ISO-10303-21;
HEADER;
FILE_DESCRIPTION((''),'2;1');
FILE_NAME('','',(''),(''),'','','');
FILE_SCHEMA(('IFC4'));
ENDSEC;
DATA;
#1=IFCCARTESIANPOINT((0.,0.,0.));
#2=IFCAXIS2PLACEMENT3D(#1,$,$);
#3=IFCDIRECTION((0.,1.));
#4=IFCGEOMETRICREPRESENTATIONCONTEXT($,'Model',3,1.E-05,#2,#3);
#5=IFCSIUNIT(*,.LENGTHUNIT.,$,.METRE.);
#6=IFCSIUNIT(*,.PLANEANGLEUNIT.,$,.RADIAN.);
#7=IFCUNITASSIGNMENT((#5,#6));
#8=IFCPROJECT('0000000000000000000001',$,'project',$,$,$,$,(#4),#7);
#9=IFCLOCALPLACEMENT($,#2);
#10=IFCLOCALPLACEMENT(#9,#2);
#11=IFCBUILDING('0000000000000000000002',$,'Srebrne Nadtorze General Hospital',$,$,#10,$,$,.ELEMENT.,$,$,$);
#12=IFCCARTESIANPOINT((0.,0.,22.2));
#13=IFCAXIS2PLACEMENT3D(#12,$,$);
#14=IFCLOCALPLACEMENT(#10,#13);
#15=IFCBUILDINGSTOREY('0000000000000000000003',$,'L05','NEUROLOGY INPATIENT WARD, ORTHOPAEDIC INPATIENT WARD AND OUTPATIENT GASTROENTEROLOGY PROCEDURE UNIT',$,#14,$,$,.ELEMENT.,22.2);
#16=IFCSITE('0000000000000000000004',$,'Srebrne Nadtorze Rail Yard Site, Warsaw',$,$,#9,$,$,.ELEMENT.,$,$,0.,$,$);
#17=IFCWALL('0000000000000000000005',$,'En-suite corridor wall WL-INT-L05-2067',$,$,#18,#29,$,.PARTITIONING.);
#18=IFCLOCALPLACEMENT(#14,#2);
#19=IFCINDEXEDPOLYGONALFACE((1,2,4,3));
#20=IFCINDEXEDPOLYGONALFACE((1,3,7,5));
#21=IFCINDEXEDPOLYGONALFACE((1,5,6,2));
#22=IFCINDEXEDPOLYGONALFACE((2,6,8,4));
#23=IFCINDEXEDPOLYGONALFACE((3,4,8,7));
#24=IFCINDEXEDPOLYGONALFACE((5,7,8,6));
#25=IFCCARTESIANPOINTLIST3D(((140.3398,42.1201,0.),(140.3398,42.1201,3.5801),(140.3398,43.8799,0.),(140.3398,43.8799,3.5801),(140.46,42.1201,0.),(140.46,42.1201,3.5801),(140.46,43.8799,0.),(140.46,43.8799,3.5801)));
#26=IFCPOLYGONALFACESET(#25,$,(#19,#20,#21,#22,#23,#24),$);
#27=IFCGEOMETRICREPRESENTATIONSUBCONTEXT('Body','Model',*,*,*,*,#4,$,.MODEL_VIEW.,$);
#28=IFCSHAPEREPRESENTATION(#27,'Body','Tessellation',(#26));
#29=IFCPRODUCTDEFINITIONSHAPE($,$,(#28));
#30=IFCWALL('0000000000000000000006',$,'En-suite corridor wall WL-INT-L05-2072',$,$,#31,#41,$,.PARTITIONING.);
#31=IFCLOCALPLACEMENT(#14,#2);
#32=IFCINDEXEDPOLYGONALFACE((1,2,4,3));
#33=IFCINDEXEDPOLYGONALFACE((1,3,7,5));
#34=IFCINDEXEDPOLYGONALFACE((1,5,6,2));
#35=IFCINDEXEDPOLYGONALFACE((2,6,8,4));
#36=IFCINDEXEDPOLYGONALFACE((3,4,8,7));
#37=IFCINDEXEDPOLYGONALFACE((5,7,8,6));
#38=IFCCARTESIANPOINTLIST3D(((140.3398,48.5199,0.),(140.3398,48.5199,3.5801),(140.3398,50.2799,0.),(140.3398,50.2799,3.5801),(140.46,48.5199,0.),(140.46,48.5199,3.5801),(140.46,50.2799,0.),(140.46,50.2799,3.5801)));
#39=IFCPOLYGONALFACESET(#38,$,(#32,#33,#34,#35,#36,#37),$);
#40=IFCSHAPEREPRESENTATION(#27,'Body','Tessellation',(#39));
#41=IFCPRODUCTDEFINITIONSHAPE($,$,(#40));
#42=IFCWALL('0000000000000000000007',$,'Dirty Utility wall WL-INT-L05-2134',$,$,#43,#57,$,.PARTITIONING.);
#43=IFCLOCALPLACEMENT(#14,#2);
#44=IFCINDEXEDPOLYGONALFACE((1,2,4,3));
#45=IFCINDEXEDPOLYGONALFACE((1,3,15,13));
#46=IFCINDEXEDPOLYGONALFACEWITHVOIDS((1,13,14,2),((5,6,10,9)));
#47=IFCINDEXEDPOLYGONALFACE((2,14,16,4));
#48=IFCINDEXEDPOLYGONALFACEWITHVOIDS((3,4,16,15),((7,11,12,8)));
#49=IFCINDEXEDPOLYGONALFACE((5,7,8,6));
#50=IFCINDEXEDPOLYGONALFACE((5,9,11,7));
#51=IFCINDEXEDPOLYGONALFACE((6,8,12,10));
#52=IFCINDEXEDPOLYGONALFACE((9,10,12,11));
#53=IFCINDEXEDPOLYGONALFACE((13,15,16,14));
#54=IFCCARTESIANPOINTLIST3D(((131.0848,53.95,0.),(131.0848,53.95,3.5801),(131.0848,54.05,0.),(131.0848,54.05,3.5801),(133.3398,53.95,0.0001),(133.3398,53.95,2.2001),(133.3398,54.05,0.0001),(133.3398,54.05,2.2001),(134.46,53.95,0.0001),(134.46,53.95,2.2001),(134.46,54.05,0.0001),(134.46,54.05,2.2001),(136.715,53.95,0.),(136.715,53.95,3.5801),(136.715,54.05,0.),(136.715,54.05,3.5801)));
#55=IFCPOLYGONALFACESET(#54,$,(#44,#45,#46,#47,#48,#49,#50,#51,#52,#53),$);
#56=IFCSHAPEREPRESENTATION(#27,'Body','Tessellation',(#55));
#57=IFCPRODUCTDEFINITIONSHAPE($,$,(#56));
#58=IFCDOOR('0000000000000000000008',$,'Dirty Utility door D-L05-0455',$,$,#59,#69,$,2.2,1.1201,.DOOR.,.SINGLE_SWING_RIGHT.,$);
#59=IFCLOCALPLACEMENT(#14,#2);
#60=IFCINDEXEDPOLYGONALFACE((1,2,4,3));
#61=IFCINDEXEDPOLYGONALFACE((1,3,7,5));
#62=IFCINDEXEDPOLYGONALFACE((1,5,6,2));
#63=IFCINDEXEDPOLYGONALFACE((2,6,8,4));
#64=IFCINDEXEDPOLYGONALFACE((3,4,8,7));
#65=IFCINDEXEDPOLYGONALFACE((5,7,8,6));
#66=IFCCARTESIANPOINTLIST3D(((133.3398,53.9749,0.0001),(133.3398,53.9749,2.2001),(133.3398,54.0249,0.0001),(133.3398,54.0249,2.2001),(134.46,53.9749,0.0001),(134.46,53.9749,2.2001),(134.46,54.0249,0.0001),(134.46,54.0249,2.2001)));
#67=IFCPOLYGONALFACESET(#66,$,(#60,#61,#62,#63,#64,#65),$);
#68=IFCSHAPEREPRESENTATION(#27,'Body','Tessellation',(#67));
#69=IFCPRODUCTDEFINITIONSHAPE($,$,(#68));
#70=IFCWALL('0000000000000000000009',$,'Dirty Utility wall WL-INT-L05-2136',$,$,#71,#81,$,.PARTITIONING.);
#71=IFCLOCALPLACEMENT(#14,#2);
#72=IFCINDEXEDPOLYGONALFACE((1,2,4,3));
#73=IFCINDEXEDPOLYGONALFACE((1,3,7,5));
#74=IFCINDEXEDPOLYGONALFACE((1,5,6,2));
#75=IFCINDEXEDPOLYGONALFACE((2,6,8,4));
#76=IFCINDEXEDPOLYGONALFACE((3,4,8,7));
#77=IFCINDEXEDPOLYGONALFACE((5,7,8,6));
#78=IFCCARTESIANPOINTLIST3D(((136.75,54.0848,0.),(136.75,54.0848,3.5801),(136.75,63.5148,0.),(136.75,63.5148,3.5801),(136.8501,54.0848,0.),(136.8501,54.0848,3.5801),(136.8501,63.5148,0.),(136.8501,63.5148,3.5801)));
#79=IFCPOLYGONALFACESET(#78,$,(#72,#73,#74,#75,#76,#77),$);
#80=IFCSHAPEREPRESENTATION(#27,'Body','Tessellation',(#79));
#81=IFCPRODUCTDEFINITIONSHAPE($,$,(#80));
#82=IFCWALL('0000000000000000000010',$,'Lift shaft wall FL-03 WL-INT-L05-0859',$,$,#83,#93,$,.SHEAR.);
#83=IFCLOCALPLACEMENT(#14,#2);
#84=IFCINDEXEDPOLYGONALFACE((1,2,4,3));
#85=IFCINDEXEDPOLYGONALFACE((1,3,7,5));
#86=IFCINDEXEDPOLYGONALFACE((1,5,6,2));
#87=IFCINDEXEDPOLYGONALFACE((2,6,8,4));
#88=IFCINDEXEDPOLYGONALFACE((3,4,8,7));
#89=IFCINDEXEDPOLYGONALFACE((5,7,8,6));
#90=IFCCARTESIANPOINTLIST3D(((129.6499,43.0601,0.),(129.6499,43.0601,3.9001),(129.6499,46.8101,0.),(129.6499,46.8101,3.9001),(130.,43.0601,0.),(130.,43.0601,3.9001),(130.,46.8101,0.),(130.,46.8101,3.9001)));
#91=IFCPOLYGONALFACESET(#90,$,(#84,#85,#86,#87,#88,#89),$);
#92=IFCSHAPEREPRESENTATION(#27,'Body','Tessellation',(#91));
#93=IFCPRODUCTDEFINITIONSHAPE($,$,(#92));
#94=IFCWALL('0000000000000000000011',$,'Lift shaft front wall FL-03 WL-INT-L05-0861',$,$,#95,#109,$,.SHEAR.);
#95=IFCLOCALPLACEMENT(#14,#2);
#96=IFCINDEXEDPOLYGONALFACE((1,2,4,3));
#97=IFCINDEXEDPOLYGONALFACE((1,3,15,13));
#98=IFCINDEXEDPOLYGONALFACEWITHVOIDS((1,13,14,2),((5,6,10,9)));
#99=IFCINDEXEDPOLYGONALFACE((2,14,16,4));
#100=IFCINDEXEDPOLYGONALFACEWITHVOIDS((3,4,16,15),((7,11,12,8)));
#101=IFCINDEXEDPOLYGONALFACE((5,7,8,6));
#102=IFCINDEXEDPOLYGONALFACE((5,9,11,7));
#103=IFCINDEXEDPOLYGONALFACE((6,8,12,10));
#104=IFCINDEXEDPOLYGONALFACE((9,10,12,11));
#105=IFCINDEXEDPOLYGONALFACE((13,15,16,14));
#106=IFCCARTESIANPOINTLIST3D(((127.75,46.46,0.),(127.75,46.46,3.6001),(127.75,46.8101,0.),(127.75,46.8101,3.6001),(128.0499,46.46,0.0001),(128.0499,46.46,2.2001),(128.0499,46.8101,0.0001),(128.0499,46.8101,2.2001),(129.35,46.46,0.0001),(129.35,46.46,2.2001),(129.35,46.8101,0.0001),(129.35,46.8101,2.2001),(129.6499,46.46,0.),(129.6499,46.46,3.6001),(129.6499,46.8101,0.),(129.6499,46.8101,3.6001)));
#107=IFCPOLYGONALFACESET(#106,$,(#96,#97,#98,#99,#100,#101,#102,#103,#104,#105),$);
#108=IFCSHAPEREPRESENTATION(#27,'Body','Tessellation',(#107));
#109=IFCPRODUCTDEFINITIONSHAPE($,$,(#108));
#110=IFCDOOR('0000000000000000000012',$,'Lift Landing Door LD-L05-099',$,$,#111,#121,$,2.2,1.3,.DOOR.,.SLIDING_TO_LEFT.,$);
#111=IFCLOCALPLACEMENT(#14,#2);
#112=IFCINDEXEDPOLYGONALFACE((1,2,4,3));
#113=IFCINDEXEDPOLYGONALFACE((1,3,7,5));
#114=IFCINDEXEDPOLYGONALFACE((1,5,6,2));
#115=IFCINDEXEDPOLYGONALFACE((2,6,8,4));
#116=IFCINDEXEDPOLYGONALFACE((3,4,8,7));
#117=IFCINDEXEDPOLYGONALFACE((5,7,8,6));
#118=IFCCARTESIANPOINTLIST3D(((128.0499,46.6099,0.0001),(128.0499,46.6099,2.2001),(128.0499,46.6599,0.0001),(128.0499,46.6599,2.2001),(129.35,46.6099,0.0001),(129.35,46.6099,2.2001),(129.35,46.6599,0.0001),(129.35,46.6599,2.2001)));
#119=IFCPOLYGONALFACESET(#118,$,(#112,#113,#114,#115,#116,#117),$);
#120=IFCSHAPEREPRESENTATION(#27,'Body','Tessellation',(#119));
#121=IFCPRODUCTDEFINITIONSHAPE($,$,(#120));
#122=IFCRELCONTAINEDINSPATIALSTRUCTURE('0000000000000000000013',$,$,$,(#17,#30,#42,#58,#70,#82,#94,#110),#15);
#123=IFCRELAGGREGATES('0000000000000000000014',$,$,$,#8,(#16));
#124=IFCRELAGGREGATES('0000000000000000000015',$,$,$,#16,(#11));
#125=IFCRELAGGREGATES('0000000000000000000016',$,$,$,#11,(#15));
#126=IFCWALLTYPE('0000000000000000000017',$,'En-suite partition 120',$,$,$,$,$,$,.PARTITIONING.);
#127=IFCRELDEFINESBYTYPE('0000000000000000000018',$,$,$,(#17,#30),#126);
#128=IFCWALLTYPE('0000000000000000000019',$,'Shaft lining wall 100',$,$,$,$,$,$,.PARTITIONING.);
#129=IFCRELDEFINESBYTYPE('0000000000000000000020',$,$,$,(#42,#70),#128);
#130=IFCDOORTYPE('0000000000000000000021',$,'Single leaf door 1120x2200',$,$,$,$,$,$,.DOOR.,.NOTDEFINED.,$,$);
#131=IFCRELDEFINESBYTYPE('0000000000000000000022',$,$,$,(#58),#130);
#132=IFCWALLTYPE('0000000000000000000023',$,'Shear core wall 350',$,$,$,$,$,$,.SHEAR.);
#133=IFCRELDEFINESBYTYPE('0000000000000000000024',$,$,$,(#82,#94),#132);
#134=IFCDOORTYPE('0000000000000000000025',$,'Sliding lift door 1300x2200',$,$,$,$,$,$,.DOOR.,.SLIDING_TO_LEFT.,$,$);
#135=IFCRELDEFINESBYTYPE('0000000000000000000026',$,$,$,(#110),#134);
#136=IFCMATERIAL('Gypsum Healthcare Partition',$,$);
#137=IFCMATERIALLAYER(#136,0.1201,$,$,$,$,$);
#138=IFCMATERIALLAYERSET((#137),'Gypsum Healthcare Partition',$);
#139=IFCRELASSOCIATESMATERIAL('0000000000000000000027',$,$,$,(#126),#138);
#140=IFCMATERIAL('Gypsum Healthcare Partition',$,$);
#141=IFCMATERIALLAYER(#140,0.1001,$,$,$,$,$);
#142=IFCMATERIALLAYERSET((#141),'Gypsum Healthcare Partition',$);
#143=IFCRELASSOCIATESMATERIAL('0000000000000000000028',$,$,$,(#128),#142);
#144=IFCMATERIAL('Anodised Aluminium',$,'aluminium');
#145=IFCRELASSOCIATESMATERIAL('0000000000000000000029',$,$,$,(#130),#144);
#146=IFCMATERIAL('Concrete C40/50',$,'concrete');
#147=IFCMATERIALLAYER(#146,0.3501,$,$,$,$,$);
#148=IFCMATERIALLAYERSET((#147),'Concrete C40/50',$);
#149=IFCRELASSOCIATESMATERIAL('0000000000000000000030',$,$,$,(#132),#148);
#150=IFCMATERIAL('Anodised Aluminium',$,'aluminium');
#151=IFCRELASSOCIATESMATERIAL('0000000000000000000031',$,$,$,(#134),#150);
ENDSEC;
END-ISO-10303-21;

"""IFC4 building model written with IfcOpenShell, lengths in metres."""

from ifc_helpers import new_model, si_unit, direction, frame, frame_2d, origin, place, context, subcontext, project, spatial, rectangle, extrude, material, layer, layer_set, type_object, element, fill, save


model = new_model("IFC4")

# Units and contexts
model_context = context("Model", 3, precision=1e-05, world=origin(), true_north=direction((0.0, 1.0)))
body_context = subcontext(model_context, "Body", "Model", "MODEL_VIEW")
ifc_project = project(units=[si_unit("LENGTHUNIT", "METRE"), si_unit("PLANEANGLEUNIT", "RADIAN")], contexts=[model_context])

# Site, building, storey
site_placement = place(None, origin())
site = spatial("IfcSite", under=ifc_project, at=site_placement, Name="Srebrne Nadtorze Rail Yard Site, Warsaw", CompositionType="ELEMENT", RefElevation=0.0)
building_placement = place(site_placement, origin())
building = spatial("IfcBuilding", under=site, at=building_placement, Name="Srebrne Nadtorze General Hospital", CompositionType="ELEMENT")
storey_placement = place(building_placement, frame((0.0, 0.0, 22.2)))
storey = spatial("IfcBuildingStorey", under=building, at=storey_placement, Name="L05", Description="NEUROLOGY INPATIENT WARD, ORTHOPAEDIC INPATIENT WARD AND OUTPATIENT GASTROENTEROLOGY PROCEDURE UNIT", CompositionType="ELEMENT", Elevation=22.2)

# Walls
ifc_material_1 = material(Name="Gypsum Healthcare Partition")
ifc_layer_1 = layer(ifc_material_1, 0.1201)
ifc_layer_set_1 = layer_set([ifc_layer_1], Name="Gypsum Healthcare Partition")
wall_type_1 = type_object("IfcWallType", Name="En-suite partition 120", PredefinedType="PARTITIONING", material=ifc_layer_set_1)
wall_1_placement = place(storey_placement, frame((140.3999, 42.1201, 0.0), z_axis=(0.0, 0.0, 1.0), x_axis=(0.0, 1.0, 0.0)))
element("IfcWall", 1, at=wall_1_placement, inside=storey, type_object=wall_type_1, Name="En-suite corridor wall WL-INT-L05-2067", PredefinedType="PARTITIONING", context=body_context, shape_type="SweptSolid", body=[
    extrude(rectangle(XDim=1.7598, YDim=0.1201, at=frame_2d((0.8799, 0.0))), origin(), (0.0, 0.0, 1.0), 3.5801),
])
wall_2_placement = place(storey_placement, frame((140.3999, 48.52, 0.0), z_axis=(0.0, 0.0, 1.0), x_axis=(0.0, 1.0, 0.0)))
element("IfcWall", 2, at=wall_2_placement, inside=storey, type_object=wall_type_1, Name="En-suite corridor wall WL-INT-L05-2072", PredefinedType="PARTITIONING", context=body_context, shape_type="SweptSolid", body=[
    extrude(rectangle(XDim=1.76, YDim=0.1201, at=frame_2d((0.8799, 0.0))), origin(), (0.0, 0.0, 1.0), 3.5801),
])

# Wall, opening, door
ifc_material_2 = material(Name="Gypsum Healthcare Partition")
ifc_layer_2 = layer(ifc_material_2, 0.1001)
ifc_layer_set_2 = layer_set([ifc_layer_2], Name="Gypsum Healthcare Partition")
wall_type_2 = type_object("IfcWallType", Name="Shaft lining wall 100", PredefinedType="PARTITIONING", material=ifc_layer_set_2)
wall_3_placement = place(storey_placement, frame((131.085, 54.0, 0.0), z_axis=(0.0, 0.0, 1.0), x_axis=(1.0, 0.0, 0.0)))
wall_3 = element("IfcWall", 3, at=wall_3_placement, inside=storey, type_object=wall_type_2, Name="Dirty Utility wall WL-INT-L05-2134", PredefinedType="PARTITIONING", context=body_context, shape_type="SweptSolid", body=[
    extrude(rectangle(XDim=5.6301, YDim=0.1001, at=frame_2d((2.8149, 0.0))), origin(), (0.0, 0.0, 1.0), 3.5801),
])
opening_1_placement = place(wall_3_placement, frame((2.2549, 0.0, 0.0)))
opening_1 = element("IfcOpeningElement", 4, at=opening_1_placement, cuts=wall_3, PredefinedType="OPENING", context=body_context, shape_type="SweptSolid", body=[
    extrude(rectangle(XDim=1.1201, YDim=2.2, at=frame_2d((0.5601, 1.1001))), frame((0.0, 0.062, 0.0), z_axis=(0.0, -1.0, 0.0), x_axis=(1.0, 0.0, 0.0)), (0.0, 0.0, 1.0), 0.124),
])
ifc_material_3 = material(Name="Anodised Aluminium", Category="aluminium")
door_type_1 = type_object("IfcDoorType", Name="Single leaf door 1120x2200", OperationType="NOTDEFINED", PredefinedType="DOOR", material=ifc_material_3)
door_1_placement = place(opening_1_placement, origin())
door_1 = element("IfcDoor", 5, at=door_1_placement, inside=storey, type_object=door_type_1, Name="Dirty Utility door D-L05-0455", OperationType="SINGLE_SWING_RIGHT", OverallHeight=2.2, OverallWidth=1.1201, PredefinedType="DOOR", context=body_context, shape_type="SweptSolid", body=[
    extrude(rectangle(XDim=1.1201, YDim=2.2, at=frame_2d((0.5601, 1.1001))), frame((0.0, 0.0249, 0.0), z_axis=(0.0, -1.0, 0.0), x_axis=(1.0, 0.0, 0.0)), (0.0, 0.0, 1.0), 0.05),
])
fill(opening_1, door_1)

# Walls
wall_4_placement = place(storey_placement, frame((136.8, 54.085, 0.0), z_axis=(0.0, 0.0, 1.0), x_axis=(0.0, 1.0, 0.0)))
element("IfcWall", 6, at=wall_4_placement, inside=storey, type_object=wall_type_2, Name="Dirty Utility wall WL-INT-L05-2136", PredefinedType="PARTITIONING", context=body_context, shape_type="SweptSolid", body=[
    extrude(rectangle(XDim=9.4299, YDim=0.1001, at=frame_2d((4.7148, 0.0))), origin(), (0.0, 0.0, 1.0), 3.5801),
])
ifc_material_4 = material(Name="Concrete C40/50", Category="concrete")
ifc_layer_3 = layer(ifc_material_4, 0.3501)
ifc_layer_set_3 = layer_set([ifc_layer_3], Name="Concrete C40/50")
wall_type_3 = type_object("IfcWallType", Name="Shear core wall 350", PredefinedType="SHEAR", material=ifc_layer_set_3)
wall_5_placement = place(storey_placement, frame((129.825, 43.0601, 0.0), z_axis=(0.0, 0.0, 1.0), x_axis=(0.0, 1.0, 0.0)))
element("IfcWall", 7, at=wall_5_placement, inside=storey, type_object=wall_type_3, Name="Lift shaft wall FL-03 WL-INT-L05-0859", PredefinedType="SHEAR", context=body_context, shape_type="SweptSolid", body=[
    extrude(rectangle(XDim=3.75, YDim=0.3501, at=frame_2d((1.875, 0.0))), origin(), (0.0, 0.0, 1.0), 3.9001),
])

# Wall, opening, door
wall_6_placement = place(storey_placement, frame((127.75, 46.635, 0.0), z_axis=(0.0, 0.0, 1.0), x_axis=(1.0, 0.0, 0.0)))
wall_6 = element("IfcWall", 8, at=wall_6_placement, inside=storey, type_object=wall_type_3, Name="Lift shaft front wall FL-03 WL-INT-L05-0861", PredefinedType="SHEAR", context=body_context, shape_type="SweptSolid", body=[
    extrude(rectangle(XDim=1.8999, YDim=0.3501, at=frame_2d((0.95, 0.0))), origin(), (0.0, 0.0, 1.0), 3.6001),
])
opening_2_placement = place(wall_6_placement, frame((0.3, 0.0, 0.0)))
opening_2 = element("IfcOpeningElement", 9, at=opening_2_placement, cuts=wall_6, PredefinedType="OPENING", context=body_context, shape_type="SweptSolid", body=[
    extrude(rectangle(XDim=1.3, YDim=2.2, at=frame_2d((0.6499, 1.1001))), frame((0.0, 0.187, 0.0), z_axis=(0.0, -1.0, 0.0), x_axis=(1.0, 0.0, 0.0)), (0.0, 0.0, 1.0), 0.374),
])
ifc_material_5 = material(Name="Anodised Aluminium", Category="aluminium")
door_type_2 = type_object("IfcDoorType", Name="Sliding lift door 1300x2200", OperationType="SLIDING_TO_LEFT", PredefinedType="DOOR", material=ifc_material_5)
door_2_placement = place(opening_2_placement, origin())
door_2 = element("IfcDoor", 10, at=door_2_placement, inside=storey, type_object=door_type_2, Name="Lift Landing Door LD-L05-099", OperationType="SLIDING_TO_LEFT", OverallHeight=2.2, OverallWidth=1.3, PredefinedType="DOOR", context=body_context, shape_type="SweptSolid", body=[
    extrude(rectangle(XDim=1.3, YDim=2.2, at=frame_2d((0.6499, 1.1001))), frame((0.0, 0.0249, 0.0), z_axis=(0.0, -1.0, 0.0), x_axis=(1.0, 0.0, 0.0)), (0.0, 0.0, 1.0), 0.05),
])
fill(opening_2, door_2)

save(model, "model.ifc")
